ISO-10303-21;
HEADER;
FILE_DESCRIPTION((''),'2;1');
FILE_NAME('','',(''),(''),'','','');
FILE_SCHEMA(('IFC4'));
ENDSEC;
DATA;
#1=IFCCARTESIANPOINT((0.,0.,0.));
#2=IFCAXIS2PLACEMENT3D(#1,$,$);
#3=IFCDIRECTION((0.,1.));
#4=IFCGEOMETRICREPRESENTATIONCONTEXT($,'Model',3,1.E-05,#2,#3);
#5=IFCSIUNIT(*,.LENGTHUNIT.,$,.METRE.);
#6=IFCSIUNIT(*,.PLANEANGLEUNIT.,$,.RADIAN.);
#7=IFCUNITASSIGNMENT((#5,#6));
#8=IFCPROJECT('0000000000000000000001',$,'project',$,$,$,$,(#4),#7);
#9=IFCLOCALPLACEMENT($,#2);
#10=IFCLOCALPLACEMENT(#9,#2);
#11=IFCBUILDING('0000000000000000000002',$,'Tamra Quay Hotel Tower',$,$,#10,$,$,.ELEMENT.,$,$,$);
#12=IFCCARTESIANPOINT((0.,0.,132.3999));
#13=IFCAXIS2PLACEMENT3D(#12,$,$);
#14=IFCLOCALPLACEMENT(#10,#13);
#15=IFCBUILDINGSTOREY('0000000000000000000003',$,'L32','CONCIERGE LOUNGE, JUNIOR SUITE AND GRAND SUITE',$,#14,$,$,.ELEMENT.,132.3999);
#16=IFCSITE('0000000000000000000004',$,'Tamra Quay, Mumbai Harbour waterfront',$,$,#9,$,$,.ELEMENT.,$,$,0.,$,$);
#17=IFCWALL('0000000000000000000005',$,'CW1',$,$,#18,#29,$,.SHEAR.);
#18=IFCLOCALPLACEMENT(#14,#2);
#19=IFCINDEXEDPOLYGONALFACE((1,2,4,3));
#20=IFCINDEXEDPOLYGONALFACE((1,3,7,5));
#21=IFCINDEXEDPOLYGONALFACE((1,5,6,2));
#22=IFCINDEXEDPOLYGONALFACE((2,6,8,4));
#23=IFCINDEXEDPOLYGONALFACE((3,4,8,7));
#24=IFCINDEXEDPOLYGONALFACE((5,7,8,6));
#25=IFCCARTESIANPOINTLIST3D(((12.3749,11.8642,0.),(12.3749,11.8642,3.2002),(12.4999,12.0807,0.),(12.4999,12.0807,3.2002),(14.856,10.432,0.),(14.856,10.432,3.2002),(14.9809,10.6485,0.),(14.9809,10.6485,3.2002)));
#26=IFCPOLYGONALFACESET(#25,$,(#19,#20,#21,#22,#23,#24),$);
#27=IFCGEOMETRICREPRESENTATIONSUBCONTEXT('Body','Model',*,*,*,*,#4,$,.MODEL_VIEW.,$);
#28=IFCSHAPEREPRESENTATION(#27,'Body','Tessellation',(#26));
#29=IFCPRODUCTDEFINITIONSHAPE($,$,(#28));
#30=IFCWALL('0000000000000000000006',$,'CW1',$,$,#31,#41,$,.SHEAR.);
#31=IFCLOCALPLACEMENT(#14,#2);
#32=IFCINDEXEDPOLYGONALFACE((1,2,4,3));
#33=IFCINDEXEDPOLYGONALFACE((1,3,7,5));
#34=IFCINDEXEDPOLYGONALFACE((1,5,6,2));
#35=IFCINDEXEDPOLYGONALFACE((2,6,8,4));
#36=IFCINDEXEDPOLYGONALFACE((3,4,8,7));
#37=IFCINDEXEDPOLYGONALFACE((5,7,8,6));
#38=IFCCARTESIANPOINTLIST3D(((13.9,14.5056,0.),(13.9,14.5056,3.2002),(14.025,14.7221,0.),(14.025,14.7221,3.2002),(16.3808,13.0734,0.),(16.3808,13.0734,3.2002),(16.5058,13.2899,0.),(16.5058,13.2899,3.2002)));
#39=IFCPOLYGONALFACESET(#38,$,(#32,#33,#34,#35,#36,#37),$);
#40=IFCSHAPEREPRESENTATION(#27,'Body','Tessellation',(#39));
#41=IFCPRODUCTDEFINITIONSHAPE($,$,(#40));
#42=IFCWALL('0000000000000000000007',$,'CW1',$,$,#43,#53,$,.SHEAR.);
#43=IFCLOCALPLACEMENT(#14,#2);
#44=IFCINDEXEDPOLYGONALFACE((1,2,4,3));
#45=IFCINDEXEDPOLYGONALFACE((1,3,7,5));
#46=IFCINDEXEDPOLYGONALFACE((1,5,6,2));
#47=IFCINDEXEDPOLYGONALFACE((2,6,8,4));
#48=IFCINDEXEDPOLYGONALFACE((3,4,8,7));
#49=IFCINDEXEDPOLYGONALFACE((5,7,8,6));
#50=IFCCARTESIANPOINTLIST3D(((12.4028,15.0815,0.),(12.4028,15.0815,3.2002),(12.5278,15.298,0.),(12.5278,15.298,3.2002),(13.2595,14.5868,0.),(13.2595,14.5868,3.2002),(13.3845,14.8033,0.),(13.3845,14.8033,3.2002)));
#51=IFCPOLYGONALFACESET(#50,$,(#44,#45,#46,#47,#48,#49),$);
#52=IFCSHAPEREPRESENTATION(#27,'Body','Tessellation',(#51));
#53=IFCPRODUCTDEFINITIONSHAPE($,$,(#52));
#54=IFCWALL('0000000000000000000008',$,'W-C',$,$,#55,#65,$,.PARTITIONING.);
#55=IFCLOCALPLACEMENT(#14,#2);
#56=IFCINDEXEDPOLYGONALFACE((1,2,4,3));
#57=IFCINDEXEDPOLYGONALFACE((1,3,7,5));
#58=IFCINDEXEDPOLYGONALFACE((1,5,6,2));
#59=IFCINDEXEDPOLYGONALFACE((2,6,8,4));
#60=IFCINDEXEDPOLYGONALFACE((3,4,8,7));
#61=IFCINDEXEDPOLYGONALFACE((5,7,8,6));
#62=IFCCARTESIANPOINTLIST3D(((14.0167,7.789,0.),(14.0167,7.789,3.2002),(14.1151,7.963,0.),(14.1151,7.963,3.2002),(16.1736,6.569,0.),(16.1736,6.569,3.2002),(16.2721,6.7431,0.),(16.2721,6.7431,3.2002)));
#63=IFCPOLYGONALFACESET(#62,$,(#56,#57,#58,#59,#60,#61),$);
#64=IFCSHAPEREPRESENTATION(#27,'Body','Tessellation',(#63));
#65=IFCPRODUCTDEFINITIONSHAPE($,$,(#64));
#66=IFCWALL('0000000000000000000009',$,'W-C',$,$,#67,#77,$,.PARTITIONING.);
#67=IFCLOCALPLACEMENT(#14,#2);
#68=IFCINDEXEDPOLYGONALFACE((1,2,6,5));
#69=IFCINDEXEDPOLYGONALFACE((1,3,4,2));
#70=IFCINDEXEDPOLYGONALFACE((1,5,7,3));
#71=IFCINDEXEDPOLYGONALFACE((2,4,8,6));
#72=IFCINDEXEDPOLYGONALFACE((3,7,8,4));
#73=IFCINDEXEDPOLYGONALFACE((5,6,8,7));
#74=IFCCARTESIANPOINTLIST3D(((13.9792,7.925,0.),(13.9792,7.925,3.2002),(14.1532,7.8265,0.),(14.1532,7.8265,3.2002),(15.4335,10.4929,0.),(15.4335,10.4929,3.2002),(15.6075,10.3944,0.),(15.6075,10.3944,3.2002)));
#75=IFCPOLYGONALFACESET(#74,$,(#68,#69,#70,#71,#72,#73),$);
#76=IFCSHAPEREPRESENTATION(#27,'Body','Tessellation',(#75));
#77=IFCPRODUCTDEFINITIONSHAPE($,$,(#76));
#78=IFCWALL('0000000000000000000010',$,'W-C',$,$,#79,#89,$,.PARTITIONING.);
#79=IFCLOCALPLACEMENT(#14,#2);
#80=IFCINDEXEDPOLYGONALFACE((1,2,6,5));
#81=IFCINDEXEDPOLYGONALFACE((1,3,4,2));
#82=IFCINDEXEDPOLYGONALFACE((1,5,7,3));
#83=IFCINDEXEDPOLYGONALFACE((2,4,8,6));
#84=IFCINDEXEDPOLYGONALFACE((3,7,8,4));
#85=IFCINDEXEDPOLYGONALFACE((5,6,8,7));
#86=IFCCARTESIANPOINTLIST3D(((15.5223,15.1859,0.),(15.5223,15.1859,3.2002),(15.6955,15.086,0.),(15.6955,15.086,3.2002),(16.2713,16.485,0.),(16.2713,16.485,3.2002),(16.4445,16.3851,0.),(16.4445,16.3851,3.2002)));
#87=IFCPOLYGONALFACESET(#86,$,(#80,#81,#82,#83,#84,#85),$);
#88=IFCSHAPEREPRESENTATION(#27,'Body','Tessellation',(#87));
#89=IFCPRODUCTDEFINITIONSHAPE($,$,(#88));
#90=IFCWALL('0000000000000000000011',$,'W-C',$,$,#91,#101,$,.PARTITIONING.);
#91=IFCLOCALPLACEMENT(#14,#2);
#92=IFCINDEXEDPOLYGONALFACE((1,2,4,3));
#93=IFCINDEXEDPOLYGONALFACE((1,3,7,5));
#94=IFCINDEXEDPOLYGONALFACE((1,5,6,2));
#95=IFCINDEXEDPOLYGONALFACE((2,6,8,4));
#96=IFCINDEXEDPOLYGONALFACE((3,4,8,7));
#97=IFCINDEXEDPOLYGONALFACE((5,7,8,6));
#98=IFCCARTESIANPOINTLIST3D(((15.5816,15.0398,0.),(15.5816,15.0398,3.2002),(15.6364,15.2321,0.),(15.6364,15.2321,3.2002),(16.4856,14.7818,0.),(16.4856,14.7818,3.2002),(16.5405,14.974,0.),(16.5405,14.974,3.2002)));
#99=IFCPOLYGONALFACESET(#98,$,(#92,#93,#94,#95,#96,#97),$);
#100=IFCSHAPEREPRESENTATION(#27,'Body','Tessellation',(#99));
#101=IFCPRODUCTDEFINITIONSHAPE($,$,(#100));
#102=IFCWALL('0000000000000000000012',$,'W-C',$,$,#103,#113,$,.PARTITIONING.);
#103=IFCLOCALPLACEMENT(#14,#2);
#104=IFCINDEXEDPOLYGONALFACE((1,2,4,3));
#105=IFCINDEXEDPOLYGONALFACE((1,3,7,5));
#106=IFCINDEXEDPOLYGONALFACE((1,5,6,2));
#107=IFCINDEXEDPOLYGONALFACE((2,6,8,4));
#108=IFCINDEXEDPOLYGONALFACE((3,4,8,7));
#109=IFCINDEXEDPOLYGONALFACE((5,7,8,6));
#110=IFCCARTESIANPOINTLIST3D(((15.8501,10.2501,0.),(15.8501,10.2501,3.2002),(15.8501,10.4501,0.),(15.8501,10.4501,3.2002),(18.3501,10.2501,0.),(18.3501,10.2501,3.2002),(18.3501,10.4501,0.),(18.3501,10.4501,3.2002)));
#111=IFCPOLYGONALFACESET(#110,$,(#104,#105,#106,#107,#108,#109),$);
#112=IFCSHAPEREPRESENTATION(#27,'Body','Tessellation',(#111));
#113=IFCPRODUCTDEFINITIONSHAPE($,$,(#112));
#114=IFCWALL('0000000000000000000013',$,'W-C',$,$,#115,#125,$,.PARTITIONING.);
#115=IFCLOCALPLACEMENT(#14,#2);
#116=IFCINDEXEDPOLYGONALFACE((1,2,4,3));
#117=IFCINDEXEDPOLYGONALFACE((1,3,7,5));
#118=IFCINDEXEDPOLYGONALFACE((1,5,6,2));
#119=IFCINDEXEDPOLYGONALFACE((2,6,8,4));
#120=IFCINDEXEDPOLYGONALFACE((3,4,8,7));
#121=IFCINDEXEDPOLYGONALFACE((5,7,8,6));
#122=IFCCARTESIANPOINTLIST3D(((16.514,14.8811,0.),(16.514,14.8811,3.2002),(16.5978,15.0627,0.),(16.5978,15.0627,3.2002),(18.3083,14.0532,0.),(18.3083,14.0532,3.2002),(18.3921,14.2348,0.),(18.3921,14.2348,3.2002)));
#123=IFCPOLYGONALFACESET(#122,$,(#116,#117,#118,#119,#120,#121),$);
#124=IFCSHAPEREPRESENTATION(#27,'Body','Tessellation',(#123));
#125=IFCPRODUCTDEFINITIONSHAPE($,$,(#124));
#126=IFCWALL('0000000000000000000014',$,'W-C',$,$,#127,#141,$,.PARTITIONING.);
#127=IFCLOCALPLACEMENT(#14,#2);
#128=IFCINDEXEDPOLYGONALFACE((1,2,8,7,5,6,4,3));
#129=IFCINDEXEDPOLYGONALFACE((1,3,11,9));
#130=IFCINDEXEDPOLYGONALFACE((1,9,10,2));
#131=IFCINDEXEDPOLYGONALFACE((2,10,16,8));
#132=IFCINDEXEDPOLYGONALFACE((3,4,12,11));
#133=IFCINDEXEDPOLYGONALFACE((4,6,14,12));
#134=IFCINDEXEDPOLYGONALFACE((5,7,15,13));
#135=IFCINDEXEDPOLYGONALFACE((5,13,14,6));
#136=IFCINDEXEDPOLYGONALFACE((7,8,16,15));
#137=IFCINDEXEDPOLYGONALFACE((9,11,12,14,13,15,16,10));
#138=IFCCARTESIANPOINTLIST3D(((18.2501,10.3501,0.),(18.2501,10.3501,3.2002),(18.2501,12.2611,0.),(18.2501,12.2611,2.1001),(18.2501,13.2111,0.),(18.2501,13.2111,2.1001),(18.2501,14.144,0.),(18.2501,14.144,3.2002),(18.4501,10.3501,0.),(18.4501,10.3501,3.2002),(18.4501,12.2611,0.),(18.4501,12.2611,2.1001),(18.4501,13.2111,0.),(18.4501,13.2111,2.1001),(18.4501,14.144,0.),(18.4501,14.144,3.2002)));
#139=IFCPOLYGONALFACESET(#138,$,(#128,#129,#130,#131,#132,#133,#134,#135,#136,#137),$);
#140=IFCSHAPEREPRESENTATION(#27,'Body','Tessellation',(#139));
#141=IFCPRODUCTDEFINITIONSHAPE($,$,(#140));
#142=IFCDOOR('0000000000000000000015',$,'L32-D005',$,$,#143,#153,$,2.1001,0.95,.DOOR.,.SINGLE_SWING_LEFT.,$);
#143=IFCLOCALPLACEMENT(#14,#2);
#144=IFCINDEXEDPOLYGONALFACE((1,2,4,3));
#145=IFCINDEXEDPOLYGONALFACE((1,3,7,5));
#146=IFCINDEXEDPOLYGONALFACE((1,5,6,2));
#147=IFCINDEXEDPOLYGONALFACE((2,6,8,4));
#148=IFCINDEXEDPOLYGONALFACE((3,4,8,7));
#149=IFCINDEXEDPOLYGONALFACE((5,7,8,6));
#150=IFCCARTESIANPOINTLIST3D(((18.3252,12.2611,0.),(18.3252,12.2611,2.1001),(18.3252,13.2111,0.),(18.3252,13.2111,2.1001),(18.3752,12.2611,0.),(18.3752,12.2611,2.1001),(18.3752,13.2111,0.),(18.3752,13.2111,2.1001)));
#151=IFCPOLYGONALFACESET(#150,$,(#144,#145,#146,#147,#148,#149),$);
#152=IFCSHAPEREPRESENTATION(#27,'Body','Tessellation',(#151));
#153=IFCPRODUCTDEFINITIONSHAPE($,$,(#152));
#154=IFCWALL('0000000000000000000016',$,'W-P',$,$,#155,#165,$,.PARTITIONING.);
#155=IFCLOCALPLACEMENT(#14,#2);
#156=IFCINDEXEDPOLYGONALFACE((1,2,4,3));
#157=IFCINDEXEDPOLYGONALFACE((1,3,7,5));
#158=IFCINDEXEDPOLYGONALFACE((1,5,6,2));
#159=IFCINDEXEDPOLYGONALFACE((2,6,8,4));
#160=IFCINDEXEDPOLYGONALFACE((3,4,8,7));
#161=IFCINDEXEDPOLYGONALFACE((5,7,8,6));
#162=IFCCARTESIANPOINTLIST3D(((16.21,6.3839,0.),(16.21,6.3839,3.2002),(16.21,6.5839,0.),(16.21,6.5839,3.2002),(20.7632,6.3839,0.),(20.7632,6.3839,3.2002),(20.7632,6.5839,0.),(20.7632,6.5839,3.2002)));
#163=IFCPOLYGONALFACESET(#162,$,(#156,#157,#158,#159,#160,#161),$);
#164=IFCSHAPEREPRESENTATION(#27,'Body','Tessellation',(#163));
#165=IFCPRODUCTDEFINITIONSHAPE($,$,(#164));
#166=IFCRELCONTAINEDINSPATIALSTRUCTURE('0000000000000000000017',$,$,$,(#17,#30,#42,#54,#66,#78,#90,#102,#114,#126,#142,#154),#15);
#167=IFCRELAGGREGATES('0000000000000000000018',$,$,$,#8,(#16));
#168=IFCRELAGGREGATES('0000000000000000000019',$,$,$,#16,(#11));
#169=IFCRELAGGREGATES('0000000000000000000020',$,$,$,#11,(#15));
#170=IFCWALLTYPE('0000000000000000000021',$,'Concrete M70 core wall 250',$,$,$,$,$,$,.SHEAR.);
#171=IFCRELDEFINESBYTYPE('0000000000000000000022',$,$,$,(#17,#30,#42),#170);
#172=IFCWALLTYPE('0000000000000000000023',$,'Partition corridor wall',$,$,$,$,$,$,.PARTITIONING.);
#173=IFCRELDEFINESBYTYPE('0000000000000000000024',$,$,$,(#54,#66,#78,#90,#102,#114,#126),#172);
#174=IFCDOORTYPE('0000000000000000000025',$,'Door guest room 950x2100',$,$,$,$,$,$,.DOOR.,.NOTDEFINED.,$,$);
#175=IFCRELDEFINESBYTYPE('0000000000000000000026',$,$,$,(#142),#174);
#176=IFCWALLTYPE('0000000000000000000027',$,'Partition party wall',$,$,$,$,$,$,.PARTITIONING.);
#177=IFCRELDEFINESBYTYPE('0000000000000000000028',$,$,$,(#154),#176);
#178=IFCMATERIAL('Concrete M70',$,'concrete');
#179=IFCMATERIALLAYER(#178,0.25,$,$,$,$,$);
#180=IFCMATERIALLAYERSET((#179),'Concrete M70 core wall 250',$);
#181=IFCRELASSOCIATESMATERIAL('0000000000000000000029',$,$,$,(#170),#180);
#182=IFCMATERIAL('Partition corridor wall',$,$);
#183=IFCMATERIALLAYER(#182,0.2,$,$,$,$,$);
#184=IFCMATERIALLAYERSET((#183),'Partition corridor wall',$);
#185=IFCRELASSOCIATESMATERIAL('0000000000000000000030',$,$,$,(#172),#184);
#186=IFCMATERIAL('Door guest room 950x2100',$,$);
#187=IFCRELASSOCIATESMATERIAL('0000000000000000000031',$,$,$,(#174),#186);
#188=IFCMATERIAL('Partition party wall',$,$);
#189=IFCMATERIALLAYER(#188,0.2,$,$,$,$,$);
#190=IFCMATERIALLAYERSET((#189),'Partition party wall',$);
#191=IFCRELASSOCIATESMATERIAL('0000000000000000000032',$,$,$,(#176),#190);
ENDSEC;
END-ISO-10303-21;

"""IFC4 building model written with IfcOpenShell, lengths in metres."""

from ifc_helpers import new_model, si_unit, direction, frame, frame_2d, origin, place, context, subcontext, project, spatial, rectangle, extrude, material, layer, layer_set, type_object, element, fill, save


model = new_model("IFC4")

# Units and contexts
model_context = context("Model", 3, precision=1e-05, world=origin(), true_north=direction((0.0, 1.0)))
body_context = subcontext(model_context, "Body", "Model", "MODEL_VIEW")
ifc_project = project(units=[si_unit("LENGTHUNIT", "METRE"), si_unit("PLANEANGLEUNIT", "RADIAN")], contexts=[model_context])

# Site, building, storey
site_placement = place(None, origin())
site = spatial("IfcSite", under=ifc_project, at=site_placement, Name="Tamra Quay, Mumbai Harbour waterfront", CompositionType="ELEMENT", RefElevation=0.0)
building_placement = place(site_placement, origin())
building = spatial("IfcBuilding", under=site, at=building_placement, Name="Tamra Quay Hotel Tower", CompositionType="ELEMENT")
storey_placement = place(building_placement, frame((0.0, 0.0, 132.3999)))
storey = spatial("IfcBuildingStorey", under=building, at=storey_placement, Name="L32", Description="CONCIERGE LOUNGE, JUNIOR SUITE AND GRAND SUITE", CompositionType="ELEMENT", Elevation=132.3999)

# Shared definitions
ifc_material_1 = material(Name="Concrete M70", Category="concrete")

# Walls
ifc_layer_1 = layer(ifc_material_1, 0.25)
ifc_layer_set_1 = layer_set([ifc_layer_1], Name="Concrete M70 core wall 250")
wall_type_1 = type_object("IfcWallType", Name="Concrete M70 core wall 250", PredefinedType="SHEAR", material=ifc_layer_set_1)
wall_1_placement = place(storey_placement, frame((14.9185, 10.5403, 0.0), z_axis=(0.0, 0.0, 1.0), x_axis=(-0.866064, 0.499934, 0.0)))
element("IfcWall", 1, at=wall_1_placement, inside=storey, type_object=wall_type_1, Name="CW1", PredefinedType="SHEAR", context=body_context, shape_type="SweptSolid", body=[
    extrude(rectangle(XDim=2.8647, YDim=0.25, at=frame_2d((1.4324, 0.0))), origin(), (0.0, 0.0, 1.0), 3.2002),
])
wall_2_placement = place(storey_placement, frame((13.9626, 14.6138, 0.0), z_axis=(0.0, 0.0, 1.0), x_axis=(0.866042, -0.499971, 0.0)))
element("IfcWall", 2, at=wall_2_placement, inside=storey, type_object=wall_type_1, Name="CW1", PredefinedType="SHEAR", context=body_context, shape_type="SweptSolid", body=[
    extrude(rectangle(XDim=2.8645, YDim=0.25, at=frame_2d((1.4321, 0.0))), origin(), (0.0, 0.0, 1.0), 3.2002),
])
wall_3_placement = place(storey_placement, frame((13.322, 14.6951, 0.0), z_axis=(0.0, 0.0, 1.0), x_axis=(-0.866017, 0.500014, 0.0)))
element("IfcWall", 3, at=wall_3_placement, inside=storey, type_object=wall_type_1, Name="CW1", PredefinedType="SHEAR", context=body_context, shape_type="SweptSolid", body=[
    extrude(rectangle(XDim=0.9893, YDim=0.25, at=frame_2d((0.4946, 0.0))), origin(), (0.0, 0.0, 1.0), 3.2002),
])
ifc_material_2 = material(Name="Partition corridor wall")
ifc_layer_2 = layer(ifc_material_2, 0.2)
ifc_layer_set_2 = layer_set([ifc_layer_2], Name="Partition corridor wall")
wall_type_2 = type_object("IfcWallType", Name="Partition corridor wall", PredefinedType="PARTITIONING", material=ifc_layer_set_2)
wall_4_placement = place(storey_placement, frame((14.0659, 7.876, 0.0), z_axis=(0.0, 0.0, 1.0), x_axis=(0.870423, -0.492304, 0.0)))
element("IfcWall", 4, at=wall_4_placement, inside=storey, type_object=wall_type_2, Name="W-C", PredefinedType="PARTITIONING", context=body_context, shape_type="SweptSolid", body=[
    extrude(rectangle(XDim=2.478, YDim=0.2, at=frame_2d((1.239, 0.0))), origin(), (0.0, 0.0, 1.0), 3.2002),
])
wall_5_placement = place(storey_placement, frame((14.0662, 7.8757, 0.0), z_axis=(0.0, 0.0, 1.0), x_axis=(0.492812, 0.870136, 0.0)))
element("IfcWall", 5, at=wall_5_placement, inside=storey, type_object=wall_type_2, Name="W-C", PredefinedType="PARTITIONING", context=body_context, shape_type="SweptSolid", body=[
    extrude(rectangle(XDim=2.9512, YDim=0.2, at=frame_2d((1.4756, 0.0))), origin(), (0.0, 0.0, 1.0), 3.2002),
])
wall_6_placement = place(storey_placement, frame((15.6089, 15.136, 0.0), z_axis=(0.0, 0.0, 1.0), x_axis=(0.499502, 0.866313, 0.0)))
element("IfcWall", 6, at=wall_6_placement, inside=storey, type_object=wall_type_2, Name="W-C", PredefinedType="PARTITIONING", context=body_context, shape_type="SweptSolid", body=[
    extrude(rectangle(XDim=1.4995, YDim=0.2, at=frame_2d((0.7498, 0.0))), origin(), (0.0, 0.0, 1.0), 3.2002),
])
wall_7_placement = place(storey_placement, frame((15.6089, 15.136, 0.0), z_axis=(0.0, 0.0, 1.0), x_axis=(0.961593, -0.274481, 0.0)))
element("IfcWall", 7, at=wall_7_placement, inside=storey, type_object=wall_type_2, Name="W-C", PredefinedType="PARTITIONING", context=body_context, shape_type="SweptSolid", body=[
    extrude(rectangle(XDim=0.9402, YDim=0.2, at=frame_2d((0.4702, 0.0))), origin(), (0.0, 0.0, 1.0), 3.2002),
])
wall_8_placement = place(storey_placement, frame((15.8501, 10.3501, 0.0), z_axis=(0.0, 0.0, 1.0), x_axis=(1.0, 0.0, 0.0)))
element("IfcWall", 8, at=wall_8_placement, inside=storey, type_object=wall_type_2, Name="W-C", PredefinedType="PARTITIONING", context=body_context, shape_type="SweptSolid", body=[
    extrude(rectangle(XDim=2.5, YDim=0.2, at=frame_2d((1.25, 0.0))), origin(), (0.0, 0.0, 1.0), 3.2002),
])
wall_9_placement = place(storey_placement, frame((16.5559, 14.9719, 0.0), z_axis=(0.0, 0.0, 1.0), x_axis=(0.907999, -0.418972, 0.0)))
element("IfcWall", 9, at=wall_9_placement, inside=storey, type_object=wall_type_2, Name="W-C", PredefinedType="PARTITIONING", context=body_context, shape_type="SweptSolid", body=[
    extrude(rectangle(XDim=1.9761, YDim=0.2, at=frame_2d((0.988, 0.0))), origin(), (0.0, 0.0, 1.0), 3.2002),
])

# Wall, opening, door
wall_10_placement = place(storey_placement, frame((18.3501, 10.3501, 0.0), z_axis=(0.0, 0.0, 1.0), x_axis=(0.0, 1.0, 0.0)))
wall_10 = element("IfcWall", 10, at=wall_10_placement, inside=storey, type_object=wall_type_2, Name="W-C", PredefinedType="PARTITIONING", context=body_context, shape_type="SweptSolid", body=[
    extrude(rectangle(XDim=3.7939, YDim=0.2, at=frame_2d((1.897, 0.0))), origin(), (0.0, 0.0, 1.0), 3.2002),
])
opening_1_placement = place(wall_10_placement, frame((1.9109, 0.0, 0.0)))
opening_1 = element("IfcOpeningElement", 11, at=opening_1_placement, cuts=wall_10, PredefinedType="OPENING", context=body_context, shape_type="SweptSolid", body=[
    extrude(rectangle(XDim=0.95, YDim=2.1001, at=frame_2d((0.4751, 1.05))), frame((0.0, 0.1099, 0.0), z_axis=(0.0, -1.0, 0.0), x_axis=(1.0, 0.0, 0.0)), (0.0, 0.0, 1.0), 0.22),
])
ifc_material_3 = material(Name="Door guest room 950x2100")
door_type_1 = type_object("IfcDoorType", Name="Door guest room 950x2100", OperationType="NOTDEFINED", PredefinedType="DOOR", material=ifc_material_3)
door_1_placement = place(opening_1_placement, origin())
door_1 = element("IfcDoor", 12, at=door_1_placement, inside=storey, type_object=door_type_1, Name="L32-D005", OperationType="SINGLE_SWING_LEFT", OverallHeight=2.1001, OverallWidth=0.95, PredefinedType="DOOR", context=body_context, shape_type="SweptSolid", body=[
    extrude(rectangle(XDim=0.95, YDim=2.1001, at=frame_2d((0.4751, 1.05))), frame((0.0, 0.0249, 0.0), z_axis=(0.0, -1.0, 0.0), x_axis=(1.0, 0.0, 0.0)), (0.0, 0.0, 1.0), 0.05),
])
fill(opening_1, door_1)

# Wall
ifc_material_4 = material(Name="Partition party wall")
ifc_layer_3 = layer(ifc_material_4, 0.2)
ifc_layer_set_3 = layer_set([ifc_layer_3], Name="Partition party wall")
wall_type_3 = type_object("IfcWallType", Name="Partition party wall", PredefinedType="PARTITIONING", material=ifc_layer_set_3)
wall_11_placement = place(storey_placement, frame((16.21, 6.4839, 0.0), z_axis=(0.0, 0.0, 1.0), x_axis=(1.0, 0.0, 0.0)))
element("IfcWall", 13, at=wall_11_placement, inside=storey, type_object=wall_type_3, Name="W-P", PredefinedType="PARTITIONING", context=body_context, shape_type="SweptSolid", body=[
    extrude(rectangle(XDim=4.5532, YDim=0.2, at=frame_2d((2.2766, 0.0))), origin(), (0.0, 0.0, 1.0), 3.2002),
])

save(model, "model.ifc")
